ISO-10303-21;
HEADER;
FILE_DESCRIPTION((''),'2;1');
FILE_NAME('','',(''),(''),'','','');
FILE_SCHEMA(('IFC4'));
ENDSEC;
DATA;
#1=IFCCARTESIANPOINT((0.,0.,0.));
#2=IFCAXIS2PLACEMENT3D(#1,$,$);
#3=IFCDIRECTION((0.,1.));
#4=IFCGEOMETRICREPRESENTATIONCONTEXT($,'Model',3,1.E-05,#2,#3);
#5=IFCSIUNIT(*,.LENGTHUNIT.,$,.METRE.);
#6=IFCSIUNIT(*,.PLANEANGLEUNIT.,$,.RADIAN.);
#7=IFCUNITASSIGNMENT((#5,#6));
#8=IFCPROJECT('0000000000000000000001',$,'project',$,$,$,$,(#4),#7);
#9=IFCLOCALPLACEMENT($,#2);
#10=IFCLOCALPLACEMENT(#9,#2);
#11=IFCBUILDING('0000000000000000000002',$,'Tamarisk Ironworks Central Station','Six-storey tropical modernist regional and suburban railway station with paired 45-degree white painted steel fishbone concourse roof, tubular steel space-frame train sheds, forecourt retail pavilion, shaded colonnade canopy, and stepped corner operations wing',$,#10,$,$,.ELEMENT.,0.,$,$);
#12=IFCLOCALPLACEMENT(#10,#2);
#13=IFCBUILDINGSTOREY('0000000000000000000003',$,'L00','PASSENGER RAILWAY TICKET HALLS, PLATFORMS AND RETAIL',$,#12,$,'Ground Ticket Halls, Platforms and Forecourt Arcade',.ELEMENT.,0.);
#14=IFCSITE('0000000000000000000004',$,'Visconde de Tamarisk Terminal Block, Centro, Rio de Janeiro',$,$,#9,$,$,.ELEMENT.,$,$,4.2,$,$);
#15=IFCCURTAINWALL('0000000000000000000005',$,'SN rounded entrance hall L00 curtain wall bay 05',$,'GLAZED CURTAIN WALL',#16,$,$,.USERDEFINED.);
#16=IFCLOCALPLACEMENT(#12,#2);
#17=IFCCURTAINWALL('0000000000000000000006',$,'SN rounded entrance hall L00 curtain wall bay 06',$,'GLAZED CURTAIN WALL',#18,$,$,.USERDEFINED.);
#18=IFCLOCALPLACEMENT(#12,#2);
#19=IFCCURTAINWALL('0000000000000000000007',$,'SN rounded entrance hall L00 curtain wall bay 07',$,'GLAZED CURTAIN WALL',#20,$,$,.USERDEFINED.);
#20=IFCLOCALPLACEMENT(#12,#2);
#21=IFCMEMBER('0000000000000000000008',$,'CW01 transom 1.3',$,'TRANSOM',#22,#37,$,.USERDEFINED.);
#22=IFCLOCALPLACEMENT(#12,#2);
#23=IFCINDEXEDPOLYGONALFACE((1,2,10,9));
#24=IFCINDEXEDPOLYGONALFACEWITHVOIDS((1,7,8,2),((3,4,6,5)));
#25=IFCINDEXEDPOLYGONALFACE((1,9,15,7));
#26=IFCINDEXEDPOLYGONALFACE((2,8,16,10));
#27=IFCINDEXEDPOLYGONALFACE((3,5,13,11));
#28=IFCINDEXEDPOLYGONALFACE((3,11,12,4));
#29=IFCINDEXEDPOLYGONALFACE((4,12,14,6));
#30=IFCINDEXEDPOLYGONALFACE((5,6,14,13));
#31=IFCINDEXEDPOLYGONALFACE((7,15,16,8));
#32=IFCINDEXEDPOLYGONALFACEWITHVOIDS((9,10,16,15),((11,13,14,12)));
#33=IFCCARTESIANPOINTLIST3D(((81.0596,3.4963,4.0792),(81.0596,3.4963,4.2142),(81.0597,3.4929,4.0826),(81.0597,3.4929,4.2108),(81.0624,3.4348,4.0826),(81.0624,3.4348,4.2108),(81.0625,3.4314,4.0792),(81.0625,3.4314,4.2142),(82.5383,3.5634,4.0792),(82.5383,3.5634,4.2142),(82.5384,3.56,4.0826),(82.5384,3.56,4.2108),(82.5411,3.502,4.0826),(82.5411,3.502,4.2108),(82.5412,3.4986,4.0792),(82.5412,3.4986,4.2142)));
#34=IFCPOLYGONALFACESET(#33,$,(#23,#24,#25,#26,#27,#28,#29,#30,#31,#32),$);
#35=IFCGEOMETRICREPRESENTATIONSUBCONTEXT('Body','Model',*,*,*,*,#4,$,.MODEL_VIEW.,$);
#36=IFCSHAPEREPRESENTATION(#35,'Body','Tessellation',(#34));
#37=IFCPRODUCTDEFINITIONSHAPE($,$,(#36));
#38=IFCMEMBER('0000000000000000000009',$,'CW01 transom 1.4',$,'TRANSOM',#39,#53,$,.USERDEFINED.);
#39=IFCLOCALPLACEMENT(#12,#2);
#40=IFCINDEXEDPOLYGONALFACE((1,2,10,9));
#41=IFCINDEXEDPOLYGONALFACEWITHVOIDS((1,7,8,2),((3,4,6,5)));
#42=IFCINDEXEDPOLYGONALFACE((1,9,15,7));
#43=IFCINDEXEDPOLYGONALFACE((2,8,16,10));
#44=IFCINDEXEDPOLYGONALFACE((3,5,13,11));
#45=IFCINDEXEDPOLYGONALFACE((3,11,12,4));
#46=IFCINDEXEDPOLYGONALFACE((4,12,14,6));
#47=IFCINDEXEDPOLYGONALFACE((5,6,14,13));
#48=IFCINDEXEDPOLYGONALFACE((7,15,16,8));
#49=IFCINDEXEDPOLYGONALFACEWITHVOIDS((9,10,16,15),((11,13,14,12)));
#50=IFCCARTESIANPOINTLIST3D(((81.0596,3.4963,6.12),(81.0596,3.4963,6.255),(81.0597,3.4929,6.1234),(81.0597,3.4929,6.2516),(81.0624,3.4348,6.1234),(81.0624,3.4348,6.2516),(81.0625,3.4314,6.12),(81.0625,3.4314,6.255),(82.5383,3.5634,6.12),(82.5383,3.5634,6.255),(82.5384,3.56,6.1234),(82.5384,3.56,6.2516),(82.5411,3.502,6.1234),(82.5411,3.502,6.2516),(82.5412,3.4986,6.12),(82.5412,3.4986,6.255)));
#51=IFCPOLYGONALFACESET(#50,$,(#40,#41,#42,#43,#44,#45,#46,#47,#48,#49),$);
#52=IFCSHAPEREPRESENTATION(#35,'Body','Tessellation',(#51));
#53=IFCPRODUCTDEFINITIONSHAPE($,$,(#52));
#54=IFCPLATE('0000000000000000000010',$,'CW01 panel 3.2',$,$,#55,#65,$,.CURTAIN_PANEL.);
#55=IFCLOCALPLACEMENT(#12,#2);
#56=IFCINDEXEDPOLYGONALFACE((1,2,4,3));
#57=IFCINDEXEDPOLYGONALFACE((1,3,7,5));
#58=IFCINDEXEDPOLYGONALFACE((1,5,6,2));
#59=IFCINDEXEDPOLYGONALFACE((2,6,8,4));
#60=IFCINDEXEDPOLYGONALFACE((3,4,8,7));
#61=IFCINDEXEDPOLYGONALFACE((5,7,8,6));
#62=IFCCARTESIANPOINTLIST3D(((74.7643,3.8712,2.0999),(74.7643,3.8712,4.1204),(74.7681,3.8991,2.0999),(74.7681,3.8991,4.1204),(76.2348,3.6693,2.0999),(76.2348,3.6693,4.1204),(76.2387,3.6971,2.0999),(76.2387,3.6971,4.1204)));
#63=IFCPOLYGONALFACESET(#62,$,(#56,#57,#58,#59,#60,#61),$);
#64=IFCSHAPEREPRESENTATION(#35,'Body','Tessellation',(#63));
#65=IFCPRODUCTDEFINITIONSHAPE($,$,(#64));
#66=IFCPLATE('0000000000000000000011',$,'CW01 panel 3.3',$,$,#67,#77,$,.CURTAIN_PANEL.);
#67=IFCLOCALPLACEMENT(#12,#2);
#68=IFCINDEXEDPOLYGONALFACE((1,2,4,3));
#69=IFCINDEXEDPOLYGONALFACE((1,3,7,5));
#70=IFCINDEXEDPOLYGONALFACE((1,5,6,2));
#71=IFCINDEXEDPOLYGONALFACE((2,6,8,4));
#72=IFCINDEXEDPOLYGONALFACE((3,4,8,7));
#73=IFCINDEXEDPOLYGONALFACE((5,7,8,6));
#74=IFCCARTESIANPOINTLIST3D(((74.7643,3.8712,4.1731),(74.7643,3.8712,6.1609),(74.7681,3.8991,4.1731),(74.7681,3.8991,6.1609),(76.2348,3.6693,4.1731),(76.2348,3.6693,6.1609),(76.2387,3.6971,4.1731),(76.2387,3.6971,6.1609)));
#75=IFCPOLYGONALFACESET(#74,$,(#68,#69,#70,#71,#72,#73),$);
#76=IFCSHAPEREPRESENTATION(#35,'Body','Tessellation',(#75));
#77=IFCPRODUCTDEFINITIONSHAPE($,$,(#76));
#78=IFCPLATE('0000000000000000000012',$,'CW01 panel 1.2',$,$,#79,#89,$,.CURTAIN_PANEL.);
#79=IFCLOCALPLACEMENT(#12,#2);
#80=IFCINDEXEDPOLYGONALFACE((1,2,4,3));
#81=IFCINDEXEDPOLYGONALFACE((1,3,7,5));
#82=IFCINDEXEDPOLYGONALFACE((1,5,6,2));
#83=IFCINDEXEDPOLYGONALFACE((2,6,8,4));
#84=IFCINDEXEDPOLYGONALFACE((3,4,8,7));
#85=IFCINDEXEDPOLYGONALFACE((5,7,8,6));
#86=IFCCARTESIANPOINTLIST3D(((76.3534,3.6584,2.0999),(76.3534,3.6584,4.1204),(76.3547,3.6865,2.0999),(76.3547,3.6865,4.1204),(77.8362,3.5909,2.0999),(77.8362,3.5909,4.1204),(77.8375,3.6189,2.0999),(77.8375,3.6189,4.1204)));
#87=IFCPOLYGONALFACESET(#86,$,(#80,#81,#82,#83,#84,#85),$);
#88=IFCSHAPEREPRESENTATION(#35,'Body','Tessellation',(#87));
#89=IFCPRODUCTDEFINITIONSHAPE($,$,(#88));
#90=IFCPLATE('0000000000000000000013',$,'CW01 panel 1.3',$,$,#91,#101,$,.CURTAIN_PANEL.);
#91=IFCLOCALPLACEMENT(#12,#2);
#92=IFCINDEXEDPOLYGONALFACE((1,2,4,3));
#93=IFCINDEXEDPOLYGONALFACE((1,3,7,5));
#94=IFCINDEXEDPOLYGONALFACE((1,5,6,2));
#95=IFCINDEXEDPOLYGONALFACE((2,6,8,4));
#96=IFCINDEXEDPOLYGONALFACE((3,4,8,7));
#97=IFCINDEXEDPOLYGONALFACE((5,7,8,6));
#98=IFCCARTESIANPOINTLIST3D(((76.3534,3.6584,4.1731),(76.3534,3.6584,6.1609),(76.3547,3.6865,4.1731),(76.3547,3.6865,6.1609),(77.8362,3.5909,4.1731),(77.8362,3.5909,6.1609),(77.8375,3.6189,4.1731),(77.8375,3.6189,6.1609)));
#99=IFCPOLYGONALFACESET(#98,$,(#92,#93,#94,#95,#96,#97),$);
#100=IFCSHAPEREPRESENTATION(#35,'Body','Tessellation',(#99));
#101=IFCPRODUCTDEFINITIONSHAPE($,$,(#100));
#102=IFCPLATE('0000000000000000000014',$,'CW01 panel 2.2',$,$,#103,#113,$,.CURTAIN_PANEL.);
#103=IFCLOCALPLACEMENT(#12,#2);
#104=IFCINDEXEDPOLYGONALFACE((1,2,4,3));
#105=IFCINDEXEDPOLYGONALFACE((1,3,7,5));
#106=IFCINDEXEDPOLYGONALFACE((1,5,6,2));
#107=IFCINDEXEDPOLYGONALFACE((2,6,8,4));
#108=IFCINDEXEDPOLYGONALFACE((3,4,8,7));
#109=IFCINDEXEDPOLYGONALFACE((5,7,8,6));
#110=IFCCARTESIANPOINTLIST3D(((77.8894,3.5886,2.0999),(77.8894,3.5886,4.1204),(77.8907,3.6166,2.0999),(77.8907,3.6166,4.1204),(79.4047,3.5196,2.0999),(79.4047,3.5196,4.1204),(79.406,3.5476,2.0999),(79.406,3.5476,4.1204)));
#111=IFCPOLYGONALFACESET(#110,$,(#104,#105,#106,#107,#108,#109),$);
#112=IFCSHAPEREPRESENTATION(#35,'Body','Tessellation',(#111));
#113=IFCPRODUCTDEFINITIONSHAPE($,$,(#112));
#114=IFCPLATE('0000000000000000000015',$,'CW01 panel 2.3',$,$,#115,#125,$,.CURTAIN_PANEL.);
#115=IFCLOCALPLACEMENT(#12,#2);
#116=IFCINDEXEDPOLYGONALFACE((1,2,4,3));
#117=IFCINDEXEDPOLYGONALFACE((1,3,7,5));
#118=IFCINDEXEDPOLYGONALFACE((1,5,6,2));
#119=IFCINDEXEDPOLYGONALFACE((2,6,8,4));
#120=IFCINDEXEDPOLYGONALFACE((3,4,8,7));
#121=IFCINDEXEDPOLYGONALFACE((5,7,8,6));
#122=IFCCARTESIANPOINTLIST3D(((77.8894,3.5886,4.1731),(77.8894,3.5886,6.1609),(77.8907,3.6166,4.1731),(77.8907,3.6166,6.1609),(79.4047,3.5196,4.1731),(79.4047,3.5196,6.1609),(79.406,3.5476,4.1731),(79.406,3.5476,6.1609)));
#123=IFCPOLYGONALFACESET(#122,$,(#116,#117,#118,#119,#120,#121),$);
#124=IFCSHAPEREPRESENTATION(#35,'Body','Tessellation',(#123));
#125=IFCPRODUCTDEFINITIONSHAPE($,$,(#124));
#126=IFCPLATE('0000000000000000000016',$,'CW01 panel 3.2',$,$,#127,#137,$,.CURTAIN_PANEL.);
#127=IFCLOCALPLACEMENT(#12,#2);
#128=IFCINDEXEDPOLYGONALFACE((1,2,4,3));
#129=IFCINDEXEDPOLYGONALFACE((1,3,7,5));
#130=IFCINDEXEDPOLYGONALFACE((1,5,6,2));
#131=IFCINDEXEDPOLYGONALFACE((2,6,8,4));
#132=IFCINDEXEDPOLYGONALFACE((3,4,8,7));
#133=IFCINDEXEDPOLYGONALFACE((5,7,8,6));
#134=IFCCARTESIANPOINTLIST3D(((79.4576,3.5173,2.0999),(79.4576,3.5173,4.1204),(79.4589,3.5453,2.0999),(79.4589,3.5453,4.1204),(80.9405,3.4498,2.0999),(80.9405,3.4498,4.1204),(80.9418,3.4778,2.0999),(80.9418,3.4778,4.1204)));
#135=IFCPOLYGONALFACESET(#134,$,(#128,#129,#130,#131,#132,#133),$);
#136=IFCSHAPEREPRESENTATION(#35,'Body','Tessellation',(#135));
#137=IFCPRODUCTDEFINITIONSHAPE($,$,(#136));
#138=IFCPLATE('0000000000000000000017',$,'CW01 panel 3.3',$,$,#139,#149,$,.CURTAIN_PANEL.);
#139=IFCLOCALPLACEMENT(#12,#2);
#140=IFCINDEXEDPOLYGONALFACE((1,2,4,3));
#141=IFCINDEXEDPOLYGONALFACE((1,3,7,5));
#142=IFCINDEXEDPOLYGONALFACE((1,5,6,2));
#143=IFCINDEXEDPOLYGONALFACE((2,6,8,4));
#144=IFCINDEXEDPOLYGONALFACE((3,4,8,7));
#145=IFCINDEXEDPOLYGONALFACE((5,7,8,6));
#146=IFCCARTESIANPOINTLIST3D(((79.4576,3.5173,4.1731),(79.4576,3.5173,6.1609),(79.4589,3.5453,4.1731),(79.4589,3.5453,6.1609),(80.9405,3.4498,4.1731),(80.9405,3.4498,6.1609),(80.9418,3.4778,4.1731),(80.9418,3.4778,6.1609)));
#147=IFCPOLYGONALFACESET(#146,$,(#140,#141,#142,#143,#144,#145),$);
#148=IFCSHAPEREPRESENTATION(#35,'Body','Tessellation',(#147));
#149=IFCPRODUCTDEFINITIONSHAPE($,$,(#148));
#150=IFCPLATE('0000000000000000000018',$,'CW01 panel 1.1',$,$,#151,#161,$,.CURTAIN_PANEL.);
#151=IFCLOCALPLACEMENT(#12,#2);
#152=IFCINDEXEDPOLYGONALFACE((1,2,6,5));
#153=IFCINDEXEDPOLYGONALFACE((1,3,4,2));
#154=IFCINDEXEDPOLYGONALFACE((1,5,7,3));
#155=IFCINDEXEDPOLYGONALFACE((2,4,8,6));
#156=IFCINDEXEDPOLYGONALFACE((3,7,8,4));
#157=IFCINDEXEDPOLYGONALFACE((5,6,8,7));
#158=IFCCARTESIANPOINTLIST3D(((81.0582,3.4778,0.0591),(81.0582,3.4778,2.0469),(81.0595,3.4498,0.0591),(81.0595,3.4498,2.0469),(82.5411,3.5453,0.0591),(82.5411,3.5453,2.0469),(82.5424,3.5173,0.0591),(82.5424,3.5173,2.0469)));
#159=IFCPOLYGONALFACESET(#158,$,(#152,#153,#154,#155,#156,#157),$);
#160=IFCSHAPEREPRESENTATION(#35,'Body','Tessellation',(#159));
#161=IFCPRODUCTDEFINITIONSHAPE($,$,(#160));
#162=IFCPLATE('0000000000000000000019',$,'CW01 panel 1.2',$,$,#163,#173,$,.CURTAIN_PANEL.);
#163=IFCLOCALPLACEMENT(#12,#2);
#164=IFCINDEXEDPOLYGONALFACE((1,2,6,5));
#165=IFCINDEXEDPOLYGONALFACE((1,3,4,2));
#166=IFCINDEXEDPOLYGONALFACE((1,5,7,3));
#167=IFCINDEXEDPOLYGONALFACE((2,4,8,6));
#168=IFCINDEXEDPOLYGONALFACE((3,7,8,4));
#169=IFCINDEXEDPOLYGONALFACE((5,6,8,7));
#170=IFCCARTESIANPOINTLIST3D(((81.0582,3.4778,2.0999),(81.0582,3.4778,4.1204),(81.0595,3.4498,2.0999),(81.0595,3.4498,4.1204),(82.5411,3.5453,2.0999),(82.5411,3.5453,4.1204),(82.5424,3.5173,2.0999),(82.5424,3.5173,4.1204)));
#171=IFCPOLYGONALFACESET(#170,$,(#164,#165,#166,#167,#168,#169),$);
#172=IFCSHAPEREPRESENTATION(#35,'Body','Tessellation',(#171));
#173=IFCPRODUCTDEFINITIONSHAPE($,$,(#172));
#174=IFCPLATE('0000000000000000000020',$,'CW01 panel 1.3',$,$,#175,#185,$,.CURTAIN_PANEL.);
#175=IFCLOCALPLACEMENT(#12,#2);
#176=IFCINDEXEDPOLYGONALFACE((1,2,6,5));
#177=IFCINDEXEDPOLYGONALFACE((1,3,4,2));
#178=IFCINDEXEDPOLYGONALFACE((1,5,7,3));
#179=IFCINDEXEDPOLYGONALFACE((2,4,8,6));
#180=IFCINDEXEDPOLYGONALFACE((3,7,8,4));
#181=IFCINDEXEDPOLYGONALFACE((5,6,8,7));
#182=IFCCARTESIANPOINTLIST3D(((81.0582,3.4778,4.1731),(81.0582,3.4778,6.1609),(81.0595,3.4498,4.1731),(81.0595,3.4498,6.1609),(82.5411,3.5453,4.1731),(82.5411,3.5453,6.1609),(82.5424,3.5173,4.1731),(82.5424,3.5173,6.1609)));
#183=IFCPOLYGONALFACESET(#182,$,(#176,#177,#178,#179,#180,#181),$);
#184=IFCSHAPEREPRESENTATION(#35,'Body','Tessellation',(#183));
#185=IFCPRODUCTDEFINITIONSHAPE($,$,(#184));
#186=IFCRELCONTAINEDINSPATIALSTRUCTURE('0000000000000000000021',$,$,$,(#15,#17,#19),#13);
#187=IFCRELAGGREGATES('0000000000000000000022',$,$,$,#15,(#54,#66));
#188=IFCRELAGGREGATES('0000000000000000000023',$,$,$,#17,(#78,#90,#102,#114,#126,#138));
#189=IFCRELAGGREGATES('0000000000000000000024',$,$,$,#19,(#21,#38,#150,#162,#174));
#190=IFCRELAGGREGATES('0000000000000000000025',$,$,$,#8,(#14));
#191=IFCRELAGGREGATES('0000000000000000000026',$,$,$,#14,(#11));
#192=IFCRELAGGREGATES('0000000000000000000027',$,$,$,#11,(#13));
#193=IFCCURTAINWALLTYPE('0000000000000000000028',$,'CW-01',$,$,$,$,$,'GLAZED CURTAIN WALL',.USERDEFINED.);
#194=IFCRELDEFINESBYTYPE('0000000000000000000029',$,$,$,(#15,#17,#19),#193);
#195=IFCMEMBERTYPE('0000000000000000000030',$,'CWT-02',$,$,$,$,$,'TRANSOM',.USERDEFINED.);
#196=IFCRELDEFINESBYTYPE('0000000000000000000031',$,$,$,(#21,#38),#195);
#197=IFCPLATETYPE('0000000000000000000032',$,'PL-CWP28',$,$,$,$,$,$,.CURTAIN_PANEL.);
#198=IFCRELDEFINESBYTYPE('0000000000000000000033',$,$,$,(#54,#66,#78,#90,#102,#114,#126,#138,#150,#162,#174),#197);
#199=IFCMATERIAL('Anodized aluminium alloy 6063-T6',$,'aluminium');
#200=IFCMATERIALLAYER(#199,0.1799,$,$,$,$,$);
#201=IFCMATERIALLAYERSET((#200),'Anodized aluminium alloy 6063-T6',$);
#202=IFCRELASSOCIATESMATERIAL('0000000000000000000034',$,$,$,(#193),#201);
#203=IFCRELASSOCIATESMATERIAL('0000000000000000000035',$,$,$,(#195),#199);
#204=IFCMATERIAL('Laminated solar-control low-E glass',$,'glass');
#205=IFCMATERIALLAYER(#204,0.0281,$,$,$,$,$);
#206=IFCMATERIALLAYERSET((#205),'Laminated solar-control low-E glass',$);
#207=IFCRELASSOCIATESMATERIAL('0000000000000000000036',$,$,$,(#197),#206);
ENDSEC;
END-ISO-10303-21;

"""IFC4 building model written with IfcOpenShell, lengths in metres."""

from ifc_helpers import new_model, si_unit, direction, frame, origin, origin_2d, place, context, subcontext, project, spatial, rectangle, hollow_rectangle, extrude, material, layer, layer_set, material_profile, profile_set, type_object, element, aggregate, save


model = new_model("IFC4")

# Units and contexts
model_context = context("Model", 3, precision=1e-05, world=origin(), true_north=direction((0.0, 1.0)))
body_context = subcontext(model_context, "Body", "Model", "MODEL_VIEW")
ifc_project = project(units=[si_unit("LENGTHUNIT", "METRE"), si_unit("PLANEANGLEUNIT", "RADIAN")], contexts=[model_context])

# Site, building, storey
site_placement = place(None, origin())
site = spatial("IfcSite", under=ifc_project, at=site_placement, Name="Visconde de Tamarisk Terminal Block, Centro, Rio de Janeiro", CompositionType="ELEMENT", RefElevation=4.2)
building_placement = place(site_placement, origin())
building = spatial("IfcBuilding", under=site, at=building_placement, Name="Tamarisk Ironworks Central Station", Description="Six-storey tropical modernist regional and suburban railway station with paired 45-degree white painted steel fishbone concourse roof, tubular steel space-frame train sheds, forecourt retail pavilion, shaded colonnade canopy, and stepped corner operations wing", CompositionType="ELEMENT", ElevationOfRefHeight=0.0)
storey_placement = place(building_placement, origin())
storey = spatial("IfcBuildingStorey", under=building, at=storey_placement, Name="L00", Description="PASSENGER RAILWAY TICKET HALLS, PLATFORMS AND RETAIL", LongName="Ground Ticket Halls, Platforms and Forecourt Arcade", CompositionType="ELEMENT", Elevation=0.0)

# Curtain wall
ifc_material_1 = material(Name="Anodized aluminium alloy 6063-T6", Category="aluminium")
ifc_layer_1 = layer(ifc_material_1, 0.1799)
ifc_layer_set_1 = layer_set([ifc_layer_1], Name="Anodized aluminium alloy 6063-T6")
curtain_wall_type = type_object("IfcCurtainWallType", Name="CW-01", ElementType="GLAZED CURTAIN WALL", PredefinedType="USERDEFINED", material=ifc_layer_set_1)
curtain_wall_1_placement = place(storey_placement, origin())
curtain_wall_1 = element("IfcCurtainWall", 1, at=curtain_wall_1_placement, inside=storey, type_object=curtain_wall_type, Name="SN rounded entrance hall L00 curtain wall bay 05", ObjectType="GLAZED CURTAIN WALL", PredefinedType="USERDEFINED")
ifc_material_profile = material_profile(ifc_material_1, hollow_rectangle(XDim=0.0649, YDim=0.135, WallThickness=0.0034, at=origin_2d()), Name="ALUM 135x65")
ifc_profile_set = profile_set([ifc_material_profile], Name="Anodized aluminium alloy 6063-T6")
member_type = type_object("IfcMemberType", Name="CWT-02", ElementType="TRANSOM", PredefinedType="USERDEFINED", material=ifc_profile_set)

# Curtain walls, members
curtain_wall_2_placement = place(storey_placement, origin())
curtain_wall_2 = element("IfcCurtainWall", 2, at=curtain_wall_2_placement, inside=storey, type_object=curtain_wall_type, Name="SN rounded entrance hall L00 curtain wall bay 06", ObjectType="GLAZED CURTAIN WALL", PredefinedType="USERDEFINED")
curtain_wall_3_placement = place(storey_placement, origin())
curtain_wall_3 = element("IfcCurtainWall", 3, at=curtain_wall_3_placement, inside=storey, type_object=curtain_wall_type, Name="SN rounded entrance hall L00 curtain wall bay 07", ObjectType="GLAZED CURTAIN WALL", PredefinedType="USERDEFINED")
member_1_placement = place(storey_placement, frame((81.061, 3.4639, 4.1467), z_axis=(0.998971, 0.045355, 0.0), x_axis=(-0.045355, 0.998971, 0.0)))
member_1 = element("IfcMember", 4, at=member_1_placement, type_object=member_type, Name="CW01 transom 1.3", ObjectType="TRANSOM", PredefinedType="USERDEFINED", context=body_context, shape_type="SweptSolid", body=[
    extrude(hollow_rectangle(XDim=0.0649, YDim=0.135, WallThickness=0.0034, at=origin_2d()), origin(), (0.0, 0.0, 1.0), 1.4802),
])
member_2_placement = place(storey_placement, frame((81.061, 3.4639, 6.1875), z_axis=(0.998971, 0.045355, 0.0), x_axis=(-0.045355, 0.998971, 0.0)))
member_2 = element("IfcMember", 5, at=member_2_placement, type_object=member_type, Name="CW01 transom 1.4", ObjectType="TRANSOM", PredefinedType="USERDEFINED", context=body_context, shape_type="SweptSolid", body=[
    extrude(hollow_rectangle(XDim=0.0649, YDim=0.135, WallThickness=0.0034, at=origin_2d()), origin(), (0.0, 0.0, 1.0), 1.4802),
])

# Plates
ifc_material_2 = material(Name="Laminated solar-control low-E glass", Category="glass")
ifc_layer_2 = layer(ifc_material_2, 0.0281)
ifc_layer_set_2 = layer_set([ifc_layer_2], Name="Laminated solar-control low-E glass")
plate_type = type_object("IfcPlateType", Name="PL-CWP28", PredefinedType="CURTAIN_PANEL", material=ifc_layer_set_2)
plate_1_placement = place(storey_placement, frame((75.5015, 3.7842, 2.0999), z_axis=(0.0, 0.0, 1.0), x_axis=(0.990703, -0.136042, 0.0)))
plate_1 = element("IfcPlate", 6, at=plate_1_placement, type_object=plate_type, Name="CW01 panel 3.2", PredefinedType="CURTAIN_PANEL", context=body_context, shape_type="SweptSolid", body=[
    extrude(rectangle(XDim=1.4844, YDim=0.0281, at=origin_2d()), origin(), (0.0, 0.0, 1.0), 2.0205),
])
plate_2_placement = place(storey_placement, frame((75.5015, 3.7842, 4.1731), z_axis=(0.0, 0.0, 1.0), x_axis=(0.990703, -0.136042, 0.0)))
plate_2 = element("IfcPlate", 7, at=plate_2_placement, type_object=plate_type, Name="CW01 panel 3.3", PredefinedType="CURTAIN_PANEL", context=body_context, shape_type="SweptSolid", body=[
    extrude(rectangle(XDim=1.4844, YDim=0.0281, at=origin_2d()), origin(), (0.0, 0.0, 1.0), 1.9878),
])
aggregate(curtain_wall_1, [plate_1, plate_2])
plate_3_placement = place(storey_placement, frame((77.0955, 3.6387, 2.0999), z_axis=(0.0, 0.0, 1.0), x_axis=(0.998965, -0.045481, 0.0)))
plate_3 = element("IfcPlate", 8, at=plate_3_placement, type_object=plate_type, Name="CW01 panel 1.2", PredefinedType="CURTAIN_PANEL", context=body_context, shape_type="SweptSolid", body=[
    extrude(rectangle(XDim=1.4844, YDim=0.0281, at=origin_2d()), origin(), (0.0, 0.0, 1.0), 2.0205),
])
plate_4_placement = place(storey_placement, frame((77.0955, 3.6387, 4.1731), z_axis=(0.0, 0.0, 1.0), x_axis=(0.998965, -0.045481, 0.0)))
plate_4 = element("IfcPlate", 9, at=plate_4_placement, type_object=plate_type, Name="CW01 panel 1.3", PredefinedType="CURTAIN_PANEL", context=body_context, shape_type="SweptSolid", body=[
    extrude(rectangle(XDim=1.4844, YDim=0.0281, at=origin_2d()), origin(), (0.0, 0.0, 1.0), 1.9878),
])
plate_5_placement = place(storey_placement, frame((78.6477, 3.5681, 2.0999), z_axis=(0.0, 0.0, 1.0), x_axis=(0.998965, -0.045481, 0.0)))
plate_5 = element("IfcPlate", 10, at=plate_5_placement, type_object=plate_type, Name="CW01 panel 2.2", PredefinedType="CURTAIN_PANEL", context=body_context, shape_type="SweptSolid", body=[
    extrude(rectangle(XDim=1.5168, YDim=0.0281, at=origin_2d()), origin(), (0.0, 0.0, 1.0), 2.0205),
])
plate_6_placement = place(storey_placement, frame((78.6477, 3.5681, 4.1731), z_axis=(0.0, 0.0, 1.0), x_axis=(0.998965, -0.045481, 0.0)))
plate_6 = element("IfcPlate", 11, at=plate_6_placement, type_object=plate_type, Name="CW01 panel 2.3", PredefinedType="CURTAIN_PANEL", context=body_context, shape_type="SweptSolid", body=[
    extrude(rectangle(XDim=1.5168, YDim=0.0281, at=origin_2d()), origin(), (0.0, 0.0, 1.0), 1.9878),
])
plate_7_placement = place(storey_placement, frame((80.1997, 3.4976, 2.0999), z_axis=(0.0, 0.0, 1.0), x_axis=(0.998965, -0.045481, 0.0)))
plate_7 = element("IfcPlate", 12, at=plate_7_placement, type_object=plate_type, Name="CW01 panel 3.2", PredefinedType="CURTAIN_PANEL", context=body_context, shape_type="SweptSolid", body=[
    extrude(rectangle(XDim=1.4844, YDim=0.0281, at=origin_2d()), origin(), (0.0, 0.0, 1.0), 2.0205),
])
plate_8_placement = place(storey_placement, frame((80.1997, 3.4976, 4.1731), z_axis=(0.0, 0.0, 1.0), x_axis=(0.998965, -0.045481, 0.0)))
plate_8 = element("IfcPlate", 13, at=plate_8_placement, type_object=plate_type, Name="CW01 panel 3.3", PredefinedType="CURTAIN_PANEL", context=body_context, shape_type="SweptSolid", body=[
    extrude(rectangle(XDim=1.4844, YDim=0.0281, at=origin_2d()), origin(), (0.0, 0.0, 1.0), 1.9878),
])
aggregate(curtain_wall_2, [plate_3, plate_4, plate_5, plate_6, plate_7, plate_8])
plate_9_placement = place(storey_placement, frame((81.8003, 3.4976, 0.0591), z_axis=(0.0, 0.0, 1.0), x_axis=(0.998965, 0.045481, 0.0)))
plate_9 = element("IfcPlate", 14, at=plate_9_placement, type_object=plate_type, Name="CW01 panel 1.1", PredefinedType="CURTAIN_PANEL", context=body_context, shape_type="SweptSolid", body=[
    extrude(rectangle(XDim=1.4844, YDim=0.0281, at=origin_2d()), origin(), (0.0, 0.0, 1.0), 1.9878),
])
plate_10_placement = place(storey_placement, frame((81.8003, 3.4976, 2.0999), z_axis=(0.0, 0.0, 1.0), x_axis=(0.998965, 0.045481, 0.0)))
plate_10 = element("IfcPlate", 15, at=plate_10_placement, type_object=plate_type, Name="CW01 panel 1.2", PredefinedType="CURTAIN_PANEL", context=body_context, shape_type="SweptSolid", body=[
    extrude(rectangle(XDim=1.4844, YDim=0.0281, at=origin_2d()), origin(), (0.0, 0.0, 1.0), 2.0205),
])
plate_11_placement = place(storey_placement, frame((81.8003, 3.4976, 4.1731), z_axis=(0.0, 0.0, 1.0), x_axis=(0.998965, 0.045481, 0.0)))
plate_11 = element("IfcPlate", 16, at=plate_11_placement, type_object=plate_type, Name="CW01 panel 1.3", PredefinedType="CURTAIN_PANEL", context=body_context, shape_type="SweptSolid", body=[
    extrude(rectangle(XDim=1.4844, YDim=0.0281, at=origin_2d()), origin(), (0.0, 0.0, 1.0), 1.9878),
])
aggregate(curtain_wall_3, [member_1, member_2, plate_9, plate_10, plate_11])

save(model, "model.ifc")
